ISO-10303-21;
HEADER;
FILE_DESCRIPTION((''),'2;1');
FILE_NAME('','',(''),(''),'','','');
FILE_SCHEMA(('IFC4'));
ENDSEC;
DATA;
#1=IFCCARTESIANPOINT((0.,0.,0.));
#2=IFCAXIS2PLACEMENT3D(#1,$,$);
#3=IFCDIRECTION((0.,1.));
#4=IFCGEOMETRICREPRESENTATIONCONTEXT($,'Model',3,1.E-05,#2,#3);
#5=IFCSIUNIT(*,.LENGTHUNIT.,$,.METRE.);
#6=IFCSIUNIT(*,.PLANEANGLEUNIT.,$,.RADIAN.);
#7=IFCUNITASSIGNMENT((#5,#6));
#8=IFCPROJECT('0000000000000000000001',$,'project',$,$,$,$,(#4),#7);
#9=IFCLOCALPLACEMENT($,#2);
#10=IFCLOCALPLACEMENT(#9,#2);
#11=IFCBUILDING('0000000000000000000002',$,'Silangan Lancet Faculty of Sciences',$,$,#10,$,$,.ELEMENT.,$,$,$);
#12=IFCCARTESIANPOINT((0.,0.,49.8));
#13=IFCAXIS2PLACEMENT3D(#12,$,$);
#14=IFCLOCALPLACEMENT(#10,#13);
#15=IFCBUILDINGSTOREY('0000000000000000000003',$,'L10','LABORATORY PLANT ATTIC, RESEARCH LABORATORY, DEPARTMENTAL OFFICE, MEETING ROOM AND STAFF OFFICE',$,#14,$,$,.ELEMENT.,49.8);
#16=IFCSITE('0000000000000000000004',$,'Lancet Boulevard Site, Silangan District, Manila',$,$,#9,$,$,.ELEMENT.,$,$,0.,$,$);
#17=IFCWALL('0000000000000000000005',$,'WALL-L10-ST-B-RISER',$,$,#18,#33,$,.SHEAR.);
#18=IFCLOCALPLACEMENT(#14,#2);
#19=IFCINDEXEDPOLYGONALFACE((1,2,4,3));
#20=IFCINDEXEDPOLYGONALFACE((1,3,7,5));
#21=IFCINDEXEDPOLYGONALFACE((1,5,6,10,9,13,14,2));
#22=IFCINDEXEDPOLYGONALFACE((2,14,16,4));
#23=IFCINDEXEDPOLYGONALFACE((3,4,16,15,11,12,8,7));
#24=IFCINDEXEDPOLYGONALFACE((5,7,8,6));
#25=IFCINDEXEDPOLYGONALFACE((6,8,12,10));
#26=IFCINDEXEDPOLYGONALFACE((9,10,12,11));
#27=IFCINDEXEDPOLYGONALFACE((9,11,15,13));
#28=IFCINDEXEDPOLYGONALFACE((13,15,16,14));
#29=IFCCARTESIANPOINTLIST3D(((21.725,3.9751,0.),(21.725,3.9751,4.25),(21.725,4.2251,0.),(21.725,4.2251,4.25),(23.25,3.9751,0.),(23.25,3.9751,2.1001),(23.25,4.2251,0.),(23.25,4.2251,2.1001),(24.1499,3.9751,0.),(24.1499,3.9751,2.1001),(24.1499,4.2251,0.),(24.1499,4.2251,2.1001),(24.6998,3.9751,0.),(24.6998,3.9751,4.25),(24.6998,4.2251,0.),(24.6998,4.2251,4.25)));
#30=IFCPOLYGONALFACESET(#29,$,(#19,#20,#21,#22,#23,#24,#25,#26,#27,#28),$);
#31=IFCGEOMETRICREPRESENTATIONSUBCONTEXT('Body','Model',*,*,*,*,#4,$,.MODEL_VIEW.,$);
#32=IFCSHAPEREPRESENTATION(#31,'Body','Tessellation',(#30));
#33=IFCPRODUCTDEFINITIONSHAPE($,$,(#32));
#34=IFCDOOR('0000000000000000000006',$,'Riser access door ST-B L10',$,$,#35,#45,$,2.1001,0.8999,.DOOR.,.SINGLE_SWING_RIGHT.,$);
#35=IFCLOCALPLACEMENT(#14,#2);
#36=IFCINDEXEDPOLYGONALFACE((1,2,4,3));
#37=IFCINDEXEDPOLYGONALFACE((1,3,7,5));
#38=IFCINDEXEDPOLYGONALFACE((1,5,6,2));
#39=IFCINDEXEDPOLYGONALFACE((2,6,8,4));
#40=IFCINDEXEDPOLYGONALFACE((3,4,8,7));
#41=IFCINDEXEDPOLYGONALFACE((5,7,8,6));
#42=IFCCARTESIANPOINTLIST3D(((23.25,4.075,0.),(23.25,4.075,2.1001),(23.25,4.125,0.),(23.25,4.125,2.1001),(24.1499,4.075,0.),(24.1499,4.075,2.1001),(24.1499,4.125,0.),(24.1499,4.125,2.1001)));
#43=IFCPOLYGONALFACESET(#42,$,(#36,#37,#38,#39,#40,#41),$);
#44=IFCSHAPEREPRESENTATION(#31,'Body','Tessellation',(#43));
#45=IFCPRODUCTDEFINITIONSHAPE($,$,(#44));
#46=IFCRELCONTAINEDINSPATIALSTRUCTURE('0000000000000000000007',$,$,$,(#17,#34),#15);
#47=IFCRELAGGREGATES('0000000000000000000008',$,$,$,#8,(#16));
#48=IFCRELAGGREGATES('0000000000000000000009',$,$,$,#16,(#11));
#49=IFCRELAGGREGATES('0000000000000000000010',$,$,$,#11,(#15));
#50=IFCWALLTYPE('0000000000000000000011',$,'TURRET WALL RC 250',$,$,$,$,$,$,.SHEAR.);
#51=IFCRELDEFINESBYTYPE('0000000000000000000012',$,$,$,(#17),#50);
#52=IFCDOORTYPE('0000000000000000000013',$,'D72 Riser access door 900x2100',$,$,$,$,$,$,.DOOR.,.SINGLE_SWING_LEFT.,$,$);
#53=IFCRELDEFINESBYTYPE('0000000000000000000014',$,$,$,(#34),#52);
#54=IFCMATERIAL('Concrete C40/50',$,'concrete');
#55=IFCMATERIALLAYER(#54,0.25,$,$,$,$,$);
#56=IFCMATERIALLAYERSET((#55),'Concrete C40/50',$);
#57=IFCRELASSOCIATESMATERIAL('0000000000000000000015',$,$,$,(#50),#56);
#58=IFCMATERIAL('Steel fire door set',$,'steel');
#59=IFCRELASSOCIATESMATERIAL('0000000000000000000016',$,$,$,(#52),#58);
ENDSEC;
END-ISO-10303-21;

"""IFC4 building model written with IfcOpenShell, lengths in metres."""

from ifc_helpers import new_model, si_unit, direction, frame, frame_2d, origin, place, context, subcontext, project, spatial, rectangle, extrude, material, layer, layer_set, type_object, element, fill, save


model = new_model("IFC4")

# Units and contexts
model_context = context("Model", 3, precision=1e-05, world=origin(), true_north=direction((0.0, 1.0)))
body_context = subcontext(model_context, "Body", "Model", "MODEL_VIEW")
ifc_project = project(units=[si_unit("LENGTHUNIT", "METRE"), si_unit("PLANEANGLEUNIT", "RADIAN")], contexts=[model_context])

# Site, building, storey
site_placement = place(None, origin())
site = spatial("IfcSite", under=ifc_project, at=site_placement, Name="Lancet Boulevard Site, Silangan District, Manila", CompositionType="ELEMENT", RefElevation=0.0)
building_placement = place(site_placement, origin())
building = spatial("IfcBuilding", under=site, at=building_placement, Name="Silangan Lancet Faculty of Sciences", CompositionType="ELEMENT")
storey_placement = place(building_placement, frame((0.0, 0.0, 49.8)))
storey = spatial("IfcBuildingStorey", under=building, at=storey_placement, Name="L10", Description="LABORATORY PLANT ATTIC, RESEARCH LABORATORY, DEPARTMENTAL OFFICE, MEETING ROOM AND STAFF OFFICE", CompositionType="ELEMENT", Elevation=49.8)

# Shared definitions
ifc_material_1 = material(Name="Concrete C40/50", Category="concrete")
ifc_layer_1 = layer(ifc_material_1, 0.25)
ifc_layer_set_1 = layer_set([ifc_layer_1], Name="Concrete C40/50")
wall_type_1 = type_object("IfcWallType", Name="TURRET WALL RC 250", PredefinedType="SHEAR", material=ifc_layer_set_1)

# Wall, opening, door
wall_1_placement = place(storey_placement, frame((21.7251, 4.1001, 0.0), z_axis=(0.0, 0.0, 1.0), x_axis=(1.0, 0.0, 0.0)))
wall_1 = element("IfcWall", 1, at=wall_1_placement, inside=storey, type_object=wall_type_1, Name="WALL-L10-ST-B-RISER", PredefinedType="SHEAR", context=body_context, shape_type="SweptSolid", body=[
    extrude(rectangle(XDim=2.9749, YDim=0.25, at=frame_2d((1.4873, 0.0))), origin(), (0.0, 0.0, 1.0), 4.25),
])
opening_1_placement = place(wall_1_placement, frame((1.5249, 0.0, 0.0)))
opening_1 = element("IfcOpeningElement", 2, at=opening_1_placement, cuts=wall_1, PredefinedType="OPENING", context=body_context, shape_type="SweptSolid", body=[
    extrude(rectangle(XDim=0.8999, YDim=2.1001, at=frame_2d((0.45, 1.05))), frame((0.0, 0.135, 0.0), z_axis=(0.0, -1.0, 0.0), x_axis=(1.0, 0.0, 0.0)), (0.0, 0.0, 1.0), 0.27),
])
ifc_material_2 = material(Name="Steel fire door set", Category="steel")
door_type_1 = type_object("IfcDoorType", Name="D72 Riser access door 900x2100", OperationType="SINGLE_SWING_LEFT", PredefinedType="DOOR", material=ifc_material_2)
door_1_placement = place(opening_1_placement, frame((0.8999, 0.0, 0.0), z_axis=(0.0, 0.0, 1.0), x_axis=(-1.0, 0.0, 0.0)))
door_1 = element("IfcDoor", 3, at=door_1_placement, inside=storey, type_object=door_type_1, Name="Riser access door ST-B L10", OperationType="SINGLE_SWING_RIGHT", OverallHeight=2.1001, OverallWidth=0.8999, PredefinedType="DOOR", context=body_context, shape_type="SweptSolid", body=[
    extrude(rectangle(XDim=0.8999, YDim=2.1001, at=frame_2d((0.45, 1.05))), frame((0.0, 0.0251, 0.0), z_axis=(0.0, -1.0, 0.0), x_axis=(1.0, 0.0, 0.0)), (0.0, 0.0, 1.0), 0.05),
])
fill(opening_1, door_1)

save(model, "model.ifc")
